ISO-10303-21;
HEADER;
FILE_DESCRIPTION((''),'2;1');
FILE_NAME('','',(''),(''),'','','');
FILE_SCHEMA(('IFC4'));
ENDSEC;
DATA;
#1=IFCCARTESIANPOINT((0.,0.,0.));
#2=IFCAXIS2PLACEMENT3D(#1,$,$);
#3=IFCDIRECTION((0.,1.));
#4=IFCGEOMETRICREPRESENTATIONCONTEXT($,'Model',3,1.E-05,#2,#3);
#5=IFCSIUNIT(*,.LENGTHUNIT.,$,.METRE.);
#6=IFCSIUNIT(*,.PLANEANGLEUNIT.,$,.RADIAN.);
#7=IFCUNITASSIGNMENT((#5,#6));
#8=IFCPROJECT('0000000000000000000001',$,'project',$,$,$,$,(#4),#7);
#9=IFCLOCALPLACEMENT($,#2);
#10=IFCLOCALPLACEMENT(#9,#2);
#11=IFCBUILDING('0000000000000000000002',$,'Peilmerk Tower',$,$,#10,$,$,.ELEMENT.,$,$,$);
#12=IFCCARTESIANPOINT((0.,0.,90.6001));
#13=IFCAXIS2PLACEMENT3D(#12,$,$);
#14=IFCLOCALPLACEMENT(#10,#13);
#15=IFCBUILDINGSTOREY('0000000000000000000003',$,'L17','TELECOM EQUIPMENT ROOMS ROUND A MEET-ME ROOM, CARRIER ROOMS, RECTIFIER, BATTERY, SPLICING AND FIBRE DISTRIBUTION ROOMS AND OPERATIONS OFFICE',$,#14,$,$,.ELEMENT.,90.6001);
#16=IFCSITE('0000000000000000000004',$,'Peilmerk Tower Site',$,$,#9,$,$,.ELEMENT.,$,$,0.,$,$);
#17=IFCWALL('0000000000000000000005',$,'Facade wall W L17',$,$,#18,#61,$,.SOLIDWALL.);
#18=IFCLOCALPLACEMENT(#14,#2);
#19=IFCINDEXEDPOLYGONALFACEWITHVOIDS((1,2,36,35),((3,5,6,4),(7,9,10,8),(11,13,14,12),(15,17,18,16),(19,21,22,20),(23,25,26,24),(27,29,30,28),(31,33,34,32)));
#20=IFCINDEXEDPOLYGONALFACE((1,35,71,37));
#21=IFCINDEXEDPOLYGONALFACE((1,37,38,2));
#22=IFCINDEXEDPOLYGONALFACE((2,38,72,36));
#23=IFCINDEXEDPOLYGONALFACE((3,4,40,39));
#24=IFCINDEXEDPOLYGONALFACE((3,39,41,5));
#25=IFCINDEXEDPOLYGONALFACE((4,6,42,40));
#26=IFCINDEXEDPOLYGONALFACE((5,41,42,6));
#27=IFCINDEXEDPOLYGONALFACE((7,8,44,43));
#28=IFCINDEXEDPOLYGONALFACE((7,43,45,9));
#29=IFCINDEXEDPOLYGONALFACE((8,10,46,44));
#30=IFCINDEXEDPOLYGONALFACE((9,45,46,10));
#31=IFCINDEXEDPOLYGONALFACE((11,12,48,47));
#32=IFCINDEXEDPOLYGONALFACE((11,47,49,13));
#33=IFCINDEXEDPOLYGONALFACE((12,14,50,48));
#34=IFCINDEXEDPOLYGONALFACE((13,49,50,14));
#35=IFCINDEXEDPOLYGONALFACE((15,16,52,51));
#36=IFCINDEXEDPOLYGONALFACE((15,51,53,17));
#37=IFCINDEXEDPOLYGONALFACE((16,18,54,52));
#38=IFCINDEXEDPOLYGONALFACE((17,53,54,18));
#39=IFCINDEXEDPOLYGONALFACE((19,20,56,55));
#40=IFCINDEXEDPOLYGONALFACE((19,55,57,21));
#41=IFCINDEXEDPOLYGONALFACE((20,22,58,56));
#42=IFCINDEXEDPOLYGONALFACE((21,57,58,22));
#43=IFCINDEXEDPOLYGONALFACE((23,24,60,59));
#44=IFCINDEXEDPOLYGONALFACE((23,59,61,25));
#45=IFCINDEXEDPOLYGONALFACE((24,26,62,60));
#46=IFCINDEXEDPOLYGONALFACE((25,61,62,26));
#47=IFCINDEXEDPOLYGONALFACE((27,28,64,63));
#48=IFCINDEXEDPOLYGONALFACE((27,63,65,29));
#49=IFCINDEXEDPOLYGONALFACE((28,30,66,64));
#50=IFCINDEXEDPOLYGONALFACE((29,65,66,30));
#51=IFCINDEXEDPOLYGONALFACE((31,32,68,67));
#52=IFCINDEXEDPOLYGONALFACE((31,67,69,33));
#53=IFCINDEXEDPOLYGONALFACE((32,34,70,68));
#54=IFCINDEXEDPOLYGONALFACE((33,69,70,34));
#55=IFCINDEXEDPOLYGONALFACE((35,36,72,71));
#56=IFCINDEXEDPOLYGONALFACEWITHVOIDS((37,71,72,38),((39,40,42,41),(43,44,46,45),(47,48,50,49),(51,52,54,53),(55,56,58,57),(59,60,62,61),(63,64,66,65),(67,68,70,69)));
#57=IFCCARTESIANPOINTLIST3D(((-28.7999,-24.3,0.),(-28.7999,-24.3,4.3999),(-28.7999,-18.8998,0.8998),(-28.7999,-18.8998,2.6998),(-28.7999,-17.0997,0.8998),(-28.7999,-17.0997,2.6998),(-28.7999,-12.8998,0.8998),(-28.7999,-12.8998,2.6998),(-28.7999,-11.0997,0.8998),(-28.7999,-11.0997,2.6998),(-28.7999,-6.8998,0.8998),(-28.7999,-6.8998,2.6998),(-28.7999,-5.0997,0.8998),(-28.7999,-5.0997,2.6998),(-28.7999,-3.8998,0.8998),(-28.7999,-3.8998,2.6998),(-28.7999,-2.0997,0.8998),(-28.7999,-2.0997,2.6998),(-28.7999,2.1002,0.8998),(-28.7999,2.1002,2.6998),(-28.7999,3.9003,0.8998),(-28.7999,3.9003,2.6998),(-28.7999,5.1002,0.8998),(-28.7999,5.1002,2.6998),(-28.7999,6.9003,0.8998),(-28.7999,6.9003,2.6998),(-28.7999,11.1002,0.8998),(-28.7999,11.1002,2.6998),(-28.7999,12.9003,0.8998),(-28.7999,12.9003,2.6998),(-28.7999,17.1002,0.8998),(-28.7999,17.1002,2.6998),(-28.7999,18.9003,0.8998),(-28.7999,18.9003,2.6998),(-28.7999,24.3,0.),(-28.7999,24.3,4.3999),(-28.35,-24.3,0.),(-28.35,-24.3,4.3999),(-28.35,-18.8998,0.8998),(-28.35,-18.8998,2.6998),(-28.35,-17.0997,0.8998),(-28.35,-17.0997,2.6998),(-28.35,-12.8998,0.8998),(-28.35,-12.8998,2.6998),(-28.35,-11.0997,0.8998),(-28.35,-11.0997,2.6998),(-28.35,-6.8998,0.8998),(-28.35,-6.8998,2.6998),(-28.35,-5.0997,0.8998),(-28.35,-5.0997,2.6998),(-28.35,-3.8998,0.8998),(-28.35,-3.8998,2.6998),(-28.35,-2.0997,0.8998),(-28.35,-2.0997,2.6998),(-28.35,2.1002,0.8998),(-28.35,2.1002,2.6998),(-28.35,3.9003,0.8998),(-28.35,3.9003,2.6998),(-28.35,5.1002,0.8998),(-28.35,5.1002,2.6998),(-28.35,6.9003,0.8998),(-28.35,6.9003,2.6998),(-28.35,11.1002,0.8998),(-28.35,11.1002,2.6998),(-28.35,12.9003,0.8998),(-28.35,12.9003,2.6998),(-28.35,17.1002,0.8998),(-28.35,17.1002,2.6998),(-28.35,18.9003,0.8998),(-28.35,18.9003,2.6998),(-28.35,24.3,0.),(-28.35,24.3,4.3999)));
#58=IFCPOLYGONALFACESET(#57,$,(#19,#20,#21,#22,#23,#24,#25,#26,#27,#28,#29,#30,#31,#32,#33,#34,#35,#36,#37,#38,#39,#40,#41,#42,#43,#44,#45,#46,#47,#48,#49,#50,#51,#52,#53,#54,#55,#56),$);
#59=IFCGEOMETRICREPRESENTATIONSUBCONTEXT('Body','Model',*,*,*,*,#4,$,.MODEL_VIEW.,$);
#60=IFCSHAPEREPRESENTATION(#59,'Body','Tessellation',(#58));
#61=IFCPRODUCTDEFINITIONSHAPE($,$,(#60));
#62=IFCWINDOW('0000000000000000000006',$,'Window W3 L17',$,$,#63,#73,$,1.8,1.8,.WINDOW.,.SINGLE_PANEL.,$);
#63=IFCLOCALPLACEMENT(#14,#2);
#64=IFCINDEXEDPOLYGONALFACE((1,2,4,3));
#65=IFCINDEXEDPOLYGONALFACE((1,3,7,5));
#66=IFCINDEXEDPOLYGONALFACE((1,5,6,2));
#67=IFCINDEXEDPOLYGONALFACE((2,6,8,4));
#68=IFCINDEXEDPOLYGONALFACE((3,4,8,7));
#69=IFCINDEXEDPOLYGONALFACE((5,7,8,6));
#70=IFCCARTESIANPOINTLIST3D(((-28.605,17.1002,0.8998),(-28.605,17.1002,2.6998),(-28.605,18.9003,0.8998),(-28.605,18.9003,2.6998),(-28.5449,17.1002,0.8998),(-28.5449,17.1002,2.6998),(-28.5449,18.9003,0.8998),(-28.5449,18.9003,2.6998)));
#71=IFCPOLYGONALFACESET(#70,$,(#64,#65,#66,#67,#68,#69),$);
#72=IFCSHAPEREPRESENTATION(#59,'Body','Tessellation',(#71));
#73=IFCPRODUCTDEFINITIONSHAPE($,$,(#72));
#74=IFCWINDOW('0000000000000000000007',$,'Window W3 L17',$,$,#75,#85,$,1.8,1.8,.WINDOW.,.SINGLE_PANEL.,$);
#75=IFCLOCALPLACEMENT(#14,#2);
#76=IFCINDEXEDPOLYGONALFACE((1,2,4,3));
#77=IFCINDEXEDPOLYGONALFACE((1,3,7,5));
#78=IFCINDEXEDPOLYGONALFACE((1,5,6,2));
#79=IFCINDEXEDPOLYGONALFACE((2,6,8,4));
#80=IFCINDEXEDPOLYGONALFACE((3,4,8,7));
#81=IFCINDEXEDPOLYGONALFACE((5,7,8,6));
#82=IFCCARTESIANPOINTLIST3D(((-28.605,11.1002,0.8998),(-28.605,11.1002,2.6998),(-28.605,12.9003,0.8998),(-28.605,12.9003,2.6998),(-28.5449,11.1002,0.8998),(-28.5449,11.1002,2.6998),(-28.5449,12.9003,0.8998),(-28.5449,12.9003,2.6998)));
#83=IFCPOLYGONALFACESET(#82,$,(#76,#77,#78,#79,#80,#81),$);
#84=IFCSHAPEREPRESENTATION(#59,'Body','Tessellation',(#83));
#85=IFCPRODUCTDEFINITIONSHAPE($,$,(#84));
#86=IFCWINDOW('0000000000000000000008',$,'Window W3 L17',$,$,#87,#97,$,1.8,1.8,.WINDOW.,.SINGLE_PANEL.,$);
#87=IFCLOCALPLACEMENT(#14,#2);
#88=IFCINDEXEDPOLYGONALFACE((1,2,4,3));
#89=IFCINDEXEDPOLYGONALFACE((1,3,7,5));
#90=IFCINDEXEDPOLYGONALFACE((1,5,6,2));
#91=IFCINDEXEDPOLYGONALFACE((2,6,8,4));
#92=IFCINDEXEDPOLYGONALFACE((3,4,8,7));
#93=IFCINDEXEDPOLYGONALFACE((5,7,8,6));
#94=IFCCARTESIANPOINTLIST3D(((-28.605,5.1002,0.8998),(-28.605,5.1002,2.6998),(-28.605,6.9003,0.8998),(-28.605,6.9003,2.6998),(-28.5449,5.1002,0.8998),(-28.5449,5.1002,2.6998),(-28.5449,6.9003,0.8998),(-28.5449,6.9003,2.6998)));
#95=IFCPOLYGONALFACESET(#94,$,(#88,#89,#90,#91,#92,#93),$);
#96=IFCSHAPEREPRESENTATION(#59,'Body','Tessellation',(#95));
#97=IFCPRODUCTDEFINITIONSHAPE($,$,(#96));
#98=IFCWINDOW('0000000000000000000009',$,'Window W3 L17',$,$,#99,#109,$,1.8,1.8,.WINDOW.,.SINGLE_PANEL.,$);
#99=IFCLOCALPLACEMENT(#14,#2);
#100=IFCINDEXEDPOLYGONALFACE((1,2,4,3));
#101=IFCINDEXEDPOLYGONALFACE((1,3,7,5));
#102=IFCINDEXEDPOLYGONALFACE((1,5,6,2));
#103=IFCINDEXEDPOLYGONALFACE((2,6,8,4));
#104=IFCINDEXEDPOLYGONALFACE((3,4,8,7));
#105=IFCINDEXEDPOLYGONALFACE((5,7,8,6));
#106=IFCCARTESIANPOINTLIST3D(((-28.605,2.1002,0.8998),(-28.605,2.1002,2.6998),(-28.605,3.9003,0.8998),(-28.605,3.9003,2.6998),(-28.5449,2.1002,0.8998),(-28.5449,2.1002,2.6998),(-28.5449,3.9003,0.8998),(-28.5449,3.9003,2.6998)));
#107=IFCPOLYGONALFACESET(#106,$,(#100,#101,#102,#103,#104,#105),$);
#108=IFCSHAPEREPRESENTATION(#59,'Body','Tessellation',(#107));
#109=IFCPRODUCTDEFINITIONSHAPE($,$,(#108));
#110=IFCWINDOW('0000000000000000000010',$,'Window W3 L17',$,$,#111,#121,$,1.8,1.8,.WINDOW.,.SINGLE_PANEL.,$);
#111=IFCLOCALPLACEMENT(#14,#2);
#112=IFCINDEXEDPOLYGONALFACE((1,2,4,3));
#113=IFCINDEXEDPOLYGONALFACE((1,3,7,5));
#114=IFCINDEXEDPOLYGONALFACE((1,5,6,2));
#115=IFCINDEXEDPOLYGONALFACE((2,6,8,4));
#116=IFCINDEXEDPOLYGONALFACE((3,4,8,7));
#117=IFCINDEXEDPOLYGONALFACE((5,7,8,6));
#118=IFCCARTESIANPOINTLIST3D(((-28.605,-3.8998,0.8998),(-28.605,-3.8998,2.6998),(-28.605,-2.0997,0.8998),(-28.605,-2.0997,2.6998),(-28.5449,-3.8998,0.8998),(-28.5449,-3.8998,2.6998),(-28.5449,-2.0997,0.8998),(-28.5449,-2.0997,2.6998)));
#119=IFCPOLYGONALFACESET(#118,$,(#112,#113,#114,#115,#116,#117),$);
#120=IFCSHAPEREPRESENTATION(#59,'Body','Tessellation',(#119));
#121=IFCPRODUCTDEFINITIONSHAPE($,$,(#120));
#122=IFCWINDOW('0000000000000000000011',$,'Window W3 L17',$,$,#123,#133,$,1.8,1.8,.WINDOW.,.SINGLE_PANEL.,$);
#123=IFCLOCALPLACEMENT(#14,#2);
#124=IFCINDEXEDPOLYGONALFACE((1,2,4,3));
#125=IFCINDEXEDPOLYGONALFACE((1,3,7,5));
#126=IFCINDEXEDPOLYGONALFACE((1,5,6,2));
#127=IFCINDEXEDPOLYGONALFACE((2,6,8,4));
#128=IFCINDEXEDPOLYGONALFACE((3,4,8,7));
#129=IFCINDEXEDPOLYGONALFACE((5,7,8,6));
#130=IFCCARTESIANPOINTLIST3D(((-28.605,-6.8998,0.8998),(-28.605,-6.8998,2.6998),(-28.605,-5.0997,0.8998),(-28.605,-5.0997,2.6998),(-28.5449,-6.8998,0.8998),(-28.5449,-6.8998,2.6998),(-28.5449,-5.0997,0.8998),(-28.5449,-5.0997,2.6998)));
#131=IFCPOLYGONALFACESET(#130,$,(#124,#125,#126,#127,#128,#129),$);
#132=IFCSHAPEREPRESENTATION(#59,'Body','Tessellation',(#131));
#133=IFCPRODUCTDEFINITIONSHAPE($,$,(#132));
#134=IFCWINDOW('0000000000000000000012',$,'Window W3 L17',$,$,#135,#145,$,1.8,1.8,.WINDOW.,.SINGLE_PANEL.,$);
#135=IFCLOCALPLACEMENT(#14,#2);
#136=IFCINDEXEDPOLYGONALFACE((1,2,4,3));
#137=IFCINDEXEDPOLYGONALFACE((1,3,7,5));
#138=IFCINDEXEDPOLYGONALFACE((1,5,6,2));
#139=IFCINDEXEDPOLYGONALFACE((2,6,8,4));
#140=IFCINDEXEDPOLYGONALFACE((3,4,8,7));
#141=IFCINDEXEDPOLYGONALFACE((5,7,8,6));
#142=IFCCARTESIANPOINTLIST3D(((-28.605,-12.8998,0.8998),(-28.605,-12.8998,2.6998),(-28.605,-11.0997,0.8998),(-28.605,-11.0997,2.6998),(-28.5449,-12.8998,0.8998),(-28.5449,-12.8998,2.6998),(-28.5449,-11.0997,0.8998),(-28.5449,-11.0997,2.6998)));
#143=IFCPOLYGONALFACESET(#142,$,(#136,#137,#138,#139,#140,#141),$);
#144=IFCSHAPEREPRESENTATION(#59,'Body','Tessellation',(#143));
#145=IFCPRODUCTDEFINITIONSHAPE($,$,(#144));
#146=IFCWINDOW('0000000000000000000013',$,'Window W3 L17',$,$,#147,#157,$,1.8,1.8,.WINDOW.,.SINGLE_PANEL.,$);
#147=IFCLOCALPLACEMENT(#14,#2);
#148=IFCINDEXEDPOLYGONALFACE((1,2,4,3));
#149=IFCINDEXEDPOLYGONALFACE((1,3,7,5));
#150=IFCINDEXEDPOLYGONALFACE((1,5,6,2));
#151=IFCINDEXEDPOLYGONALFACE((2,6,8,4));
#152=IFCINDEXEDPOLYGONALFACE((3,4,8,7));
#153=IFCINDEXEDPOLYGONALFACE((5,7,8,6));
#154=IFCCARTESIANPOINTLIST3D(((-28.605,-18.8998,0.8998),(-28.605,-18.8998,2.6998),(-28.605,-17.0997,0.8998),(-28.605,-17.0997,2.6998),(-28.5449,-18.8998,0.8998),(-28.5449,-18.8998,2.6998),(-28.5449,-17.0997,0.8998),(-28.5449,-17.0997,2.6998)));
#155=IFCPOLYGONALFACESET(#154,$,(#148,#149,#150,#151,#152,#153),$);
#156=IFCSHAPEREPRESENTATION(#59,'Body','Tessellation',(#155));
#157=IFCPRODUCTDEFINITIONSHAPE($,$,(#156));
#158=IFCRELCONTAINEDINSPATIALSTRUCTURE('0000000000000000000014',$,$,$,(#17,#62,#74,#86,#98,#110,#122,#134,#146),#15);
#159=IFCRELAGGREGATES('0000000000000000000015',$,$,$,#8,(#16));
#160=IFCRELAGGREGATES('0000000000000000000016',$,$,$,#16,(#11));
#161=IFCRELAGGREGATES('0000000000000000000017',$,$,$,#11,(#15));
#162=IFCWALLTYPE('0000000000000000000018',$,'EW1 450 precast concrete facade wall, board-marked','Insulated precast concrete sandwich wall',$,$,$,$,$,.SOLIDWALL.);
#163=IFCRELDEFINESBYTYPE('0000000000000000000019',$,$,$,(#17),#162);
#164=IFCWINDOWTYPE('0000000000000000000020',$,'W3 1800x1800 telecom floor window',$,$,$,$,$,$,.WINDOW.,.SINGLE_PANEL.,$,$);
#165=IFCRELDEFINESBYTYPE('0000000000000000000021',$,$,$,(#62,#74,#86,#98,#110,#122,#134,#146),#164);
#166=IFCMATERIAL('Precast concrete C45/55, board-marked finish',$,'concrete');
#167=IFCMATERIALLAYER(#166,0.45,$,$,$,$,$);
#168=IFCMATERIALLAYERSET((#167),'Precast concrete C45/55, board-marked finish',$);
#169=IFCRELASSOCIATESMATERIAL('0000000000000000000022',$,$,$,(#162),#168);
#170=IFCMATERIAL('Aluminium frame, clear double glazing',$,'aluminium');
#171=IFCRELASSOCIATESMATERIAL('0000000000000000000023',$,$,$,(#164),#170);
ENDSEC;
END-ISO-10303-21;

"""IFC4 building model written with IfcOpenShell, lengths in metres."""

from ifc_helpers import new_model, si_unit, direction, frame, frame_2d, origin, place, context, subcontext, project, spatial, rectangle, extrude, material, layer, layer_set, type_object, element, fill, save


model = new_model("IFC4")

# Units and contexts
model_context = context("Model", 3, precision=1e-05, world=origin(), true_north=direction((0.0, 1.0)))
body_context = subcontext(model_context, "Body", "Model", "MODEL_VIEW")
ifc_project = project(units=[si_unit("LENGTHUNIT", "METRE"), si_unit("PLANEANGLEUNIT", "RADIAN")], contexts=[model_context])

# Site, building, storey
site_placement = place(None, origin())
site = spatial("IfcSite", under=ifc_project, at=site_placement, Name="Peilmerk Tower Site", CompositionType="ELEMENT", RefElevation=0.0)
building_placement = place(site_placement, origin())
building = spatial("IfcBuilding", under=site, at=building_placement, Name="Peilmerk Tower", CompositionType="ELEMENT")
storey_placement = place(building_placement, frame((0.0, 0.0, 90.6001)))
storey = spatial("IfcBuildingStorey", under=building, at=storey_placement, Name="L17", Description="TELECOM EQUIPMENT ROOMS ROUND A MEET-ME ROOM, CARRIER ROOMS, RECTIFIER, BATTERY, SPLICING AND FIBRE DISTRIBUTION ROOMS AND OPERATIONS OFFICE", CompositionType="ELEMENT", Elevation=90.6001)

# Wall, openings, windows
ifc_material_1 = material(Name="Precast concrete C45/55, board-marked finish", Category="concrete")
ifc_layer = layer(ifc_material_1, 0.45)
ifc_layer_set = layer_set([ifc_layer], Name="Precast concrete C45/55, board-marked finish")
wall_type = type_object("IfcWallType", Name="EW1 450 precast concrete facade wall, board-marked", Description="Insulated precast concrete sandwich wall", PredefinedType="SOLIDWALL", material=ifc_layer_set)
wall_1_placement = place(storey_placement, frame((-28.575, 24.3, 0.0), z_axis=(0.0, 0.0, 1.0), x_axis=(0.0, -1.0, 0.0)))
wall_1 = element("IfcWall", 1, at=wall_1_placement, inside=storey, type_object=wall_type, Name="Facade wall W L17", PredefinedType="SOLIDWALL", context=body_context, shape_type="SweptSolid", body=[
    extrude(rectangle(XDim=48.6001, YDim=0.45, at=frame_2d((24.3, 0.0))), origin(), (0.0, 0.0, 1.0), 4.3999),
])
opening_1_placement = place(wall_1_placement, frame((5.3999, 0.0, 0.8999)))
opening_1 = element("IfcOpeningElement", 2, at=opening_1_placement, cuts=wall_1, PredefinedType="OPENING", context=body_context, shape_type="SweptSolid", body=[
    extrude(rectangle(XDim=1.8, YDim=1.8, at=frame_2d((0.8999, 0.8999))), frame((0.0, 0.2349, 0.0), z_axis=(0.0, -1.0, 0.0), x_axis=(1.0, 0.0, 0.0)), (0.0, 0.0, 1.0), 0.47),
])
opening_2_placement = place(wall_1_placement, frame((11.3999, 0.0, 0.8999)))
opening_2 = element("IfcOpeningElement", 3, at=opening_2_placement, cuts=wall_1, PredefinedType="OPENING", context=body_context, shape_type="SweptSolid", body=[
    extrude(rectangle(XDim=1.8, YDim=1.8, at=frame_2d((0.8999, 0.8999))), frame((0.0, 0.2349, 0.0), z_axis=(0.0, -1.0, 0.0), x_axis=(1.0, 0.0, 0.0)), (0.0, 0.0, 1.0), 0.47),
])
opening_3_placement = place(wall_1_placement, frame((17.3999, 0.0, 0.8999)))
opening_3 = element("IfcOpeningElement", 4, at=opening_3_placement, cuts=wall_1, PredefinedType="OPENING", context=body_context, shape_type="SweptSolid", body=[
    extrude(rectangle(XDim=1.8, YDim=1.8, at=frame_2d((0.8999, 0.8999))), frame((0.0, 0.2349, 0.0), z_axis=(0.0, -1.0, 0.0), x_axis=(1.0, 0.0, 0.0)), (0.0, 0.0, 1.0), 0.47),
])
opening_4_placement = place(wall_1_placement, frame((20.3999, 0.0, 0.8999)))
opening_4 = element("IfcOpeningElement", 5, at=opening_4_placement, cuts=wall_1, PredefinedType="OPENING", context=body_context, shape_type="SweptSolid", body=[
    extrude(rectangle(XDim=1.8, YDim=1.8, at=frame_2d((0.8999, 0.8999))), frame((0.0, 0.2349, 0.0), z_axis=(0.0, -1.0, 0.0), x_axis=(1.0, 0.0, 0.0)), (0.0, 0.0, 1.0), 0.47),
])
opening_5_placement = place(wall_1_placement, frame((26.3999, 0.0, 0.8999)))
opening_5 = element("IfcOpeningElement", 6, at=opening_5_placement, cuts=wall_1, PredefinedType="OPENING", context=body_context, shape_type="SweptSolid", body=[
    extrude(rectangle(XDim=1.8, YDim=1.8, at=frame_2d((0.8999, 0.8999))), frame((0.0, 0.2349, 0.0), z_axis=(0.0, -1.0, 0.0), x_axis=(1.0, 0.0, 0.0)), (0.0, 0.0, 1.0), 0.47),
])
opening_6_placement = place(wall_1_placement, frame((29.3999, 0.0, 0.8999)))
opening_6 = element("IfcOpeningElement", 7, at=opening_6_placement, cuts=wall_1, PredefinedType="OPENING", context=body_context, shape_type="SweptSolid", body=[
    extrude(rectangle(XDim=1.8, YDim=1.8, at=frame_2d((0.8999, 0.8999))), frame((0.0, 0.2349, 0.0), z_axis=(0.0, -1.0, 0.0), x_axis=(1.0, 0.0, 0.0)), (0.0, 0.0, 1.0), 0.47),
])
opening_7_placement = place(wall_1_placement, frame((35.3999, 0.0, 0.8999)))
opening_7 = element("IfcOpeningElement", 8, at=opening_7_placement, cuts=wall_1, PredefinedType="OPENING", context=body_context, shape_type="SweptSolid", body=[
    extrude(rectangle(XDim=1.8, YDim=1.8, at=frame_2d((0.8999, 0.8999))), frame((0.0, 0.2349, 0.0), z_axis=(0.0, -1.0, 0.0), x_axis=(1.0, 0.0, 0.0)), (0.0, 0.0, 1.0), 0.47),
])
opening_8_placement = place(wall_1_placement, frame((41.3999, 0.0, 0.8999)))
opening_8 = element("IfcOpeningElement", 9, at=opening_8_placement, cuts=wall_1, PredefinedType="OPENING", context=body_context, shape_type="SweptSolid", body=[
    extrude(rectangle(XDim=1.8, YDim=1.8, at=frame_2d((0.8999, 0.8999))), frame((0.0, 0.2349, 0.0), z_axis=(0.0, -1.0, 0.0), x_axis=(1.0, 0.0, 0.0)), (0.0, 0.0, 1.0), 0.47),
])
ifc_material_2 = material(Name="Aluminium frame, clear double glazing", Category="aluminium")
window_type = type_object("IfcWindowType", Name="W3 1800x1800 telecom floor window", PartitioningType="SINGLE_PANEL", PredefinedType="WINDOW", material=ifc_material_2)
window_1_placement = place(opening_1_placement, origin())
window_1 = element("IfcWindow", 10, at=window_1_placement, inside=storey, type_object=window_type, Name="Window W3 L17", OverallHeight=1.8, OverallWidth=1.8, PartitioningType="SINGLE_PANEL", PredefinedType="WINDOW", context=body_context, shape_type="SweptSolid", body=[
    extrude(rectangle(XDim=1.8, YDim=1.8, at=frame_2d((0.8999, 0.8999))), frame((0.0, 0.03, 0.0), z_axis=(0.0, -1.0, 0.0), x_axis=(1.0, 0.0, 0.0)), (0.0, 0.0, 1.0), 0.0601),
])
fill(opening_1, window_1)
window_2_placement = place(opening_2_placement, origin())
window_2 = element("IfcWindow", 11, at=window_2_placement, inside=storey, type_object=window_type, Name="Window W3 L17", OverallHeight=1.8, OverallWidth=1.8, PartitioningType="SINGLE_PANEL", PredefinedType="WINDOW", context=body_context, shape_type="SweptSolid", body=[
    extrude(rectangle(XDim=1.8, YDim=1.8, at=frame_2d((0.8999, 0.8999))), frame((0.0, 0.03, 0.0), z_axis=(0.0, -1.0, 0.0), x_axis=(1.0, 0.0, 0.0)), (0.0, 0.0, 1.0), 0.0601),
])
fill(opening_2, window_2)
window_3_placement = place(opening_3_placement, origin())
window_3 = element("IfcWindow", 12, at=window_3_placement, inside=storey, type_object=window_type, Name="Window W3 L17", OverallHeight=1.8, OverallWidth=1.8, PartitioningType="SINGLE_PANEL", PredefinedType="WINDOW", context=body_context, shape_type="SweptSolid", body=[
    extrude(rectangle(XDim=1.8, YDim=1.8, at=frame_2d((0.8999, 0.8999))), frame((0.0, 0.03, 0.0), z_axis=(0.0, -1.0, 0.0), x_axis=(1.0, 0.0, 0.0)), (0.0, 0.0, 1.0), 0.0601),
])
fill(opening_3, window_3)
window_4_placement = place(opening_4_placement, origin())
window_4 = element("IfcWindow", 13, at=window_4_placement, inside=storey, type_object=window_type, Name="Window W3 L17", OverallHeight=1.8, OverallWidth=1.8, PartitioningType="SINGLE_PANEL", PredefinedType="WINDOW", context=body_context, shape_type="SweptSolid", body=[
    extrude(rectangle(XDim=1.8, YDim=1.8, at=frame_2d((0.8999, 0.8999))), frame((0.0, 0.03, 0.0), z_axis=(0.0, -1.0, 0.0), x_axis=(1.0, 0.0, 0.0)), (0.0, 0.0, 1.0), 0.0601),
])
fill(opening_4, window_4)
window_5_placement = place(opening_5_placement, origin())
window_5 = element("IfcWindow", 14, at=window_5_placement, inside=storey, type_object=window_type, Name="Window W3 L17", OverallHeight=1.8, OverallWidth=1.8, PartitioningType="SINGLE_PANEL", PredefinedType="WINDOW", context=body_context, shape_type="SweptSolid", body=[
    extrude(rectangle(XDim=1.8, YDim=1.8, at=frame_2d((0.8999, 0.8999))), frame((0.0, 0.03, 0.0), z_axis=(0.0, -1.0, 0.0), x_axis=(1.0, 0.0, 0.0)), (0.0, 0.0, 1.0), 0.0601),
])
fill(opening_5, window_5)
window_6_placement = place(opening_6_placement, origin())
window_6 = element("IfcWindow", 15, at=window_6_placement, inside=storey, type_object=window_type, Name="Window W3 L17", OverallHeight=1.8, OverallWidth=1.8, PartitioningType="SINGLE_PANEL", PredefinedType="WINDOW", context=body_context, shape_type="SweptSolid", body=[
    extrude(rectangle(XDim=1.8, YDim=1.8, at=frame_2d((0.8999, 0.8999))), frame((0.0, 0.03, 0.0), z_axis=(0.0, -1.0, 0.0), x_axis=(1.0, 0.0, 0.0)), (0.0, 0.0, 1.0), 0.0601),
])
fill(opening_6, window_6)
window_7_placement = place(opening_7_placement, origin())
window_7 = element("IfcWindow", 16, at=window_7_placement, inside=storey, type_object=window_type, Name="Window W3 L17", OverallHeight=1.8, OverallWidth=1.8, PartitioningType="SINGLE_PANEL", PredefinedType="WINDOW", context=body_context, shape_type="SweptSolid", body=[
    extrude(rectangle(XDim=1.8, YDim=1.8, at=frame_2d((0.8999, 0.8999))), frame((0.0, 0.03, 0.0), z_axis=(0.0, -1.0, 0.0), x_axis=(1.0, 0.0, 0.0)), (0.0, 0.0, 1.0), 0.0601),
])
fill(opening_7, window_7)
window_8_placement = place(opening_8_placement, origin())
window_8 = element("IfcWindow", 17, at=window_8_placement, inside=storey, type_object=window_type, Name="Window W3 L17", OverallHeight=1.8, OverallWidth=1.8, PartitioningType="SINGLE_PANEL", PredefinedType="WINDOW", context=body_context, shape_type="SweptSolid", body=[
    extrude(rectangle(XDim=1.8, YDim=1.8, at=frame_2d((0.8999, 0.8999))), frame((0.0, 0.03, 0.0), z_axis=(0.0, -1.0, 0.0), x_axis=(1.0, 0.0, 0.0)), (0.0, 0.0, 1.0), 0.0601),
])
fill(opening_8, window_8)

save(model, "model.ifc")
